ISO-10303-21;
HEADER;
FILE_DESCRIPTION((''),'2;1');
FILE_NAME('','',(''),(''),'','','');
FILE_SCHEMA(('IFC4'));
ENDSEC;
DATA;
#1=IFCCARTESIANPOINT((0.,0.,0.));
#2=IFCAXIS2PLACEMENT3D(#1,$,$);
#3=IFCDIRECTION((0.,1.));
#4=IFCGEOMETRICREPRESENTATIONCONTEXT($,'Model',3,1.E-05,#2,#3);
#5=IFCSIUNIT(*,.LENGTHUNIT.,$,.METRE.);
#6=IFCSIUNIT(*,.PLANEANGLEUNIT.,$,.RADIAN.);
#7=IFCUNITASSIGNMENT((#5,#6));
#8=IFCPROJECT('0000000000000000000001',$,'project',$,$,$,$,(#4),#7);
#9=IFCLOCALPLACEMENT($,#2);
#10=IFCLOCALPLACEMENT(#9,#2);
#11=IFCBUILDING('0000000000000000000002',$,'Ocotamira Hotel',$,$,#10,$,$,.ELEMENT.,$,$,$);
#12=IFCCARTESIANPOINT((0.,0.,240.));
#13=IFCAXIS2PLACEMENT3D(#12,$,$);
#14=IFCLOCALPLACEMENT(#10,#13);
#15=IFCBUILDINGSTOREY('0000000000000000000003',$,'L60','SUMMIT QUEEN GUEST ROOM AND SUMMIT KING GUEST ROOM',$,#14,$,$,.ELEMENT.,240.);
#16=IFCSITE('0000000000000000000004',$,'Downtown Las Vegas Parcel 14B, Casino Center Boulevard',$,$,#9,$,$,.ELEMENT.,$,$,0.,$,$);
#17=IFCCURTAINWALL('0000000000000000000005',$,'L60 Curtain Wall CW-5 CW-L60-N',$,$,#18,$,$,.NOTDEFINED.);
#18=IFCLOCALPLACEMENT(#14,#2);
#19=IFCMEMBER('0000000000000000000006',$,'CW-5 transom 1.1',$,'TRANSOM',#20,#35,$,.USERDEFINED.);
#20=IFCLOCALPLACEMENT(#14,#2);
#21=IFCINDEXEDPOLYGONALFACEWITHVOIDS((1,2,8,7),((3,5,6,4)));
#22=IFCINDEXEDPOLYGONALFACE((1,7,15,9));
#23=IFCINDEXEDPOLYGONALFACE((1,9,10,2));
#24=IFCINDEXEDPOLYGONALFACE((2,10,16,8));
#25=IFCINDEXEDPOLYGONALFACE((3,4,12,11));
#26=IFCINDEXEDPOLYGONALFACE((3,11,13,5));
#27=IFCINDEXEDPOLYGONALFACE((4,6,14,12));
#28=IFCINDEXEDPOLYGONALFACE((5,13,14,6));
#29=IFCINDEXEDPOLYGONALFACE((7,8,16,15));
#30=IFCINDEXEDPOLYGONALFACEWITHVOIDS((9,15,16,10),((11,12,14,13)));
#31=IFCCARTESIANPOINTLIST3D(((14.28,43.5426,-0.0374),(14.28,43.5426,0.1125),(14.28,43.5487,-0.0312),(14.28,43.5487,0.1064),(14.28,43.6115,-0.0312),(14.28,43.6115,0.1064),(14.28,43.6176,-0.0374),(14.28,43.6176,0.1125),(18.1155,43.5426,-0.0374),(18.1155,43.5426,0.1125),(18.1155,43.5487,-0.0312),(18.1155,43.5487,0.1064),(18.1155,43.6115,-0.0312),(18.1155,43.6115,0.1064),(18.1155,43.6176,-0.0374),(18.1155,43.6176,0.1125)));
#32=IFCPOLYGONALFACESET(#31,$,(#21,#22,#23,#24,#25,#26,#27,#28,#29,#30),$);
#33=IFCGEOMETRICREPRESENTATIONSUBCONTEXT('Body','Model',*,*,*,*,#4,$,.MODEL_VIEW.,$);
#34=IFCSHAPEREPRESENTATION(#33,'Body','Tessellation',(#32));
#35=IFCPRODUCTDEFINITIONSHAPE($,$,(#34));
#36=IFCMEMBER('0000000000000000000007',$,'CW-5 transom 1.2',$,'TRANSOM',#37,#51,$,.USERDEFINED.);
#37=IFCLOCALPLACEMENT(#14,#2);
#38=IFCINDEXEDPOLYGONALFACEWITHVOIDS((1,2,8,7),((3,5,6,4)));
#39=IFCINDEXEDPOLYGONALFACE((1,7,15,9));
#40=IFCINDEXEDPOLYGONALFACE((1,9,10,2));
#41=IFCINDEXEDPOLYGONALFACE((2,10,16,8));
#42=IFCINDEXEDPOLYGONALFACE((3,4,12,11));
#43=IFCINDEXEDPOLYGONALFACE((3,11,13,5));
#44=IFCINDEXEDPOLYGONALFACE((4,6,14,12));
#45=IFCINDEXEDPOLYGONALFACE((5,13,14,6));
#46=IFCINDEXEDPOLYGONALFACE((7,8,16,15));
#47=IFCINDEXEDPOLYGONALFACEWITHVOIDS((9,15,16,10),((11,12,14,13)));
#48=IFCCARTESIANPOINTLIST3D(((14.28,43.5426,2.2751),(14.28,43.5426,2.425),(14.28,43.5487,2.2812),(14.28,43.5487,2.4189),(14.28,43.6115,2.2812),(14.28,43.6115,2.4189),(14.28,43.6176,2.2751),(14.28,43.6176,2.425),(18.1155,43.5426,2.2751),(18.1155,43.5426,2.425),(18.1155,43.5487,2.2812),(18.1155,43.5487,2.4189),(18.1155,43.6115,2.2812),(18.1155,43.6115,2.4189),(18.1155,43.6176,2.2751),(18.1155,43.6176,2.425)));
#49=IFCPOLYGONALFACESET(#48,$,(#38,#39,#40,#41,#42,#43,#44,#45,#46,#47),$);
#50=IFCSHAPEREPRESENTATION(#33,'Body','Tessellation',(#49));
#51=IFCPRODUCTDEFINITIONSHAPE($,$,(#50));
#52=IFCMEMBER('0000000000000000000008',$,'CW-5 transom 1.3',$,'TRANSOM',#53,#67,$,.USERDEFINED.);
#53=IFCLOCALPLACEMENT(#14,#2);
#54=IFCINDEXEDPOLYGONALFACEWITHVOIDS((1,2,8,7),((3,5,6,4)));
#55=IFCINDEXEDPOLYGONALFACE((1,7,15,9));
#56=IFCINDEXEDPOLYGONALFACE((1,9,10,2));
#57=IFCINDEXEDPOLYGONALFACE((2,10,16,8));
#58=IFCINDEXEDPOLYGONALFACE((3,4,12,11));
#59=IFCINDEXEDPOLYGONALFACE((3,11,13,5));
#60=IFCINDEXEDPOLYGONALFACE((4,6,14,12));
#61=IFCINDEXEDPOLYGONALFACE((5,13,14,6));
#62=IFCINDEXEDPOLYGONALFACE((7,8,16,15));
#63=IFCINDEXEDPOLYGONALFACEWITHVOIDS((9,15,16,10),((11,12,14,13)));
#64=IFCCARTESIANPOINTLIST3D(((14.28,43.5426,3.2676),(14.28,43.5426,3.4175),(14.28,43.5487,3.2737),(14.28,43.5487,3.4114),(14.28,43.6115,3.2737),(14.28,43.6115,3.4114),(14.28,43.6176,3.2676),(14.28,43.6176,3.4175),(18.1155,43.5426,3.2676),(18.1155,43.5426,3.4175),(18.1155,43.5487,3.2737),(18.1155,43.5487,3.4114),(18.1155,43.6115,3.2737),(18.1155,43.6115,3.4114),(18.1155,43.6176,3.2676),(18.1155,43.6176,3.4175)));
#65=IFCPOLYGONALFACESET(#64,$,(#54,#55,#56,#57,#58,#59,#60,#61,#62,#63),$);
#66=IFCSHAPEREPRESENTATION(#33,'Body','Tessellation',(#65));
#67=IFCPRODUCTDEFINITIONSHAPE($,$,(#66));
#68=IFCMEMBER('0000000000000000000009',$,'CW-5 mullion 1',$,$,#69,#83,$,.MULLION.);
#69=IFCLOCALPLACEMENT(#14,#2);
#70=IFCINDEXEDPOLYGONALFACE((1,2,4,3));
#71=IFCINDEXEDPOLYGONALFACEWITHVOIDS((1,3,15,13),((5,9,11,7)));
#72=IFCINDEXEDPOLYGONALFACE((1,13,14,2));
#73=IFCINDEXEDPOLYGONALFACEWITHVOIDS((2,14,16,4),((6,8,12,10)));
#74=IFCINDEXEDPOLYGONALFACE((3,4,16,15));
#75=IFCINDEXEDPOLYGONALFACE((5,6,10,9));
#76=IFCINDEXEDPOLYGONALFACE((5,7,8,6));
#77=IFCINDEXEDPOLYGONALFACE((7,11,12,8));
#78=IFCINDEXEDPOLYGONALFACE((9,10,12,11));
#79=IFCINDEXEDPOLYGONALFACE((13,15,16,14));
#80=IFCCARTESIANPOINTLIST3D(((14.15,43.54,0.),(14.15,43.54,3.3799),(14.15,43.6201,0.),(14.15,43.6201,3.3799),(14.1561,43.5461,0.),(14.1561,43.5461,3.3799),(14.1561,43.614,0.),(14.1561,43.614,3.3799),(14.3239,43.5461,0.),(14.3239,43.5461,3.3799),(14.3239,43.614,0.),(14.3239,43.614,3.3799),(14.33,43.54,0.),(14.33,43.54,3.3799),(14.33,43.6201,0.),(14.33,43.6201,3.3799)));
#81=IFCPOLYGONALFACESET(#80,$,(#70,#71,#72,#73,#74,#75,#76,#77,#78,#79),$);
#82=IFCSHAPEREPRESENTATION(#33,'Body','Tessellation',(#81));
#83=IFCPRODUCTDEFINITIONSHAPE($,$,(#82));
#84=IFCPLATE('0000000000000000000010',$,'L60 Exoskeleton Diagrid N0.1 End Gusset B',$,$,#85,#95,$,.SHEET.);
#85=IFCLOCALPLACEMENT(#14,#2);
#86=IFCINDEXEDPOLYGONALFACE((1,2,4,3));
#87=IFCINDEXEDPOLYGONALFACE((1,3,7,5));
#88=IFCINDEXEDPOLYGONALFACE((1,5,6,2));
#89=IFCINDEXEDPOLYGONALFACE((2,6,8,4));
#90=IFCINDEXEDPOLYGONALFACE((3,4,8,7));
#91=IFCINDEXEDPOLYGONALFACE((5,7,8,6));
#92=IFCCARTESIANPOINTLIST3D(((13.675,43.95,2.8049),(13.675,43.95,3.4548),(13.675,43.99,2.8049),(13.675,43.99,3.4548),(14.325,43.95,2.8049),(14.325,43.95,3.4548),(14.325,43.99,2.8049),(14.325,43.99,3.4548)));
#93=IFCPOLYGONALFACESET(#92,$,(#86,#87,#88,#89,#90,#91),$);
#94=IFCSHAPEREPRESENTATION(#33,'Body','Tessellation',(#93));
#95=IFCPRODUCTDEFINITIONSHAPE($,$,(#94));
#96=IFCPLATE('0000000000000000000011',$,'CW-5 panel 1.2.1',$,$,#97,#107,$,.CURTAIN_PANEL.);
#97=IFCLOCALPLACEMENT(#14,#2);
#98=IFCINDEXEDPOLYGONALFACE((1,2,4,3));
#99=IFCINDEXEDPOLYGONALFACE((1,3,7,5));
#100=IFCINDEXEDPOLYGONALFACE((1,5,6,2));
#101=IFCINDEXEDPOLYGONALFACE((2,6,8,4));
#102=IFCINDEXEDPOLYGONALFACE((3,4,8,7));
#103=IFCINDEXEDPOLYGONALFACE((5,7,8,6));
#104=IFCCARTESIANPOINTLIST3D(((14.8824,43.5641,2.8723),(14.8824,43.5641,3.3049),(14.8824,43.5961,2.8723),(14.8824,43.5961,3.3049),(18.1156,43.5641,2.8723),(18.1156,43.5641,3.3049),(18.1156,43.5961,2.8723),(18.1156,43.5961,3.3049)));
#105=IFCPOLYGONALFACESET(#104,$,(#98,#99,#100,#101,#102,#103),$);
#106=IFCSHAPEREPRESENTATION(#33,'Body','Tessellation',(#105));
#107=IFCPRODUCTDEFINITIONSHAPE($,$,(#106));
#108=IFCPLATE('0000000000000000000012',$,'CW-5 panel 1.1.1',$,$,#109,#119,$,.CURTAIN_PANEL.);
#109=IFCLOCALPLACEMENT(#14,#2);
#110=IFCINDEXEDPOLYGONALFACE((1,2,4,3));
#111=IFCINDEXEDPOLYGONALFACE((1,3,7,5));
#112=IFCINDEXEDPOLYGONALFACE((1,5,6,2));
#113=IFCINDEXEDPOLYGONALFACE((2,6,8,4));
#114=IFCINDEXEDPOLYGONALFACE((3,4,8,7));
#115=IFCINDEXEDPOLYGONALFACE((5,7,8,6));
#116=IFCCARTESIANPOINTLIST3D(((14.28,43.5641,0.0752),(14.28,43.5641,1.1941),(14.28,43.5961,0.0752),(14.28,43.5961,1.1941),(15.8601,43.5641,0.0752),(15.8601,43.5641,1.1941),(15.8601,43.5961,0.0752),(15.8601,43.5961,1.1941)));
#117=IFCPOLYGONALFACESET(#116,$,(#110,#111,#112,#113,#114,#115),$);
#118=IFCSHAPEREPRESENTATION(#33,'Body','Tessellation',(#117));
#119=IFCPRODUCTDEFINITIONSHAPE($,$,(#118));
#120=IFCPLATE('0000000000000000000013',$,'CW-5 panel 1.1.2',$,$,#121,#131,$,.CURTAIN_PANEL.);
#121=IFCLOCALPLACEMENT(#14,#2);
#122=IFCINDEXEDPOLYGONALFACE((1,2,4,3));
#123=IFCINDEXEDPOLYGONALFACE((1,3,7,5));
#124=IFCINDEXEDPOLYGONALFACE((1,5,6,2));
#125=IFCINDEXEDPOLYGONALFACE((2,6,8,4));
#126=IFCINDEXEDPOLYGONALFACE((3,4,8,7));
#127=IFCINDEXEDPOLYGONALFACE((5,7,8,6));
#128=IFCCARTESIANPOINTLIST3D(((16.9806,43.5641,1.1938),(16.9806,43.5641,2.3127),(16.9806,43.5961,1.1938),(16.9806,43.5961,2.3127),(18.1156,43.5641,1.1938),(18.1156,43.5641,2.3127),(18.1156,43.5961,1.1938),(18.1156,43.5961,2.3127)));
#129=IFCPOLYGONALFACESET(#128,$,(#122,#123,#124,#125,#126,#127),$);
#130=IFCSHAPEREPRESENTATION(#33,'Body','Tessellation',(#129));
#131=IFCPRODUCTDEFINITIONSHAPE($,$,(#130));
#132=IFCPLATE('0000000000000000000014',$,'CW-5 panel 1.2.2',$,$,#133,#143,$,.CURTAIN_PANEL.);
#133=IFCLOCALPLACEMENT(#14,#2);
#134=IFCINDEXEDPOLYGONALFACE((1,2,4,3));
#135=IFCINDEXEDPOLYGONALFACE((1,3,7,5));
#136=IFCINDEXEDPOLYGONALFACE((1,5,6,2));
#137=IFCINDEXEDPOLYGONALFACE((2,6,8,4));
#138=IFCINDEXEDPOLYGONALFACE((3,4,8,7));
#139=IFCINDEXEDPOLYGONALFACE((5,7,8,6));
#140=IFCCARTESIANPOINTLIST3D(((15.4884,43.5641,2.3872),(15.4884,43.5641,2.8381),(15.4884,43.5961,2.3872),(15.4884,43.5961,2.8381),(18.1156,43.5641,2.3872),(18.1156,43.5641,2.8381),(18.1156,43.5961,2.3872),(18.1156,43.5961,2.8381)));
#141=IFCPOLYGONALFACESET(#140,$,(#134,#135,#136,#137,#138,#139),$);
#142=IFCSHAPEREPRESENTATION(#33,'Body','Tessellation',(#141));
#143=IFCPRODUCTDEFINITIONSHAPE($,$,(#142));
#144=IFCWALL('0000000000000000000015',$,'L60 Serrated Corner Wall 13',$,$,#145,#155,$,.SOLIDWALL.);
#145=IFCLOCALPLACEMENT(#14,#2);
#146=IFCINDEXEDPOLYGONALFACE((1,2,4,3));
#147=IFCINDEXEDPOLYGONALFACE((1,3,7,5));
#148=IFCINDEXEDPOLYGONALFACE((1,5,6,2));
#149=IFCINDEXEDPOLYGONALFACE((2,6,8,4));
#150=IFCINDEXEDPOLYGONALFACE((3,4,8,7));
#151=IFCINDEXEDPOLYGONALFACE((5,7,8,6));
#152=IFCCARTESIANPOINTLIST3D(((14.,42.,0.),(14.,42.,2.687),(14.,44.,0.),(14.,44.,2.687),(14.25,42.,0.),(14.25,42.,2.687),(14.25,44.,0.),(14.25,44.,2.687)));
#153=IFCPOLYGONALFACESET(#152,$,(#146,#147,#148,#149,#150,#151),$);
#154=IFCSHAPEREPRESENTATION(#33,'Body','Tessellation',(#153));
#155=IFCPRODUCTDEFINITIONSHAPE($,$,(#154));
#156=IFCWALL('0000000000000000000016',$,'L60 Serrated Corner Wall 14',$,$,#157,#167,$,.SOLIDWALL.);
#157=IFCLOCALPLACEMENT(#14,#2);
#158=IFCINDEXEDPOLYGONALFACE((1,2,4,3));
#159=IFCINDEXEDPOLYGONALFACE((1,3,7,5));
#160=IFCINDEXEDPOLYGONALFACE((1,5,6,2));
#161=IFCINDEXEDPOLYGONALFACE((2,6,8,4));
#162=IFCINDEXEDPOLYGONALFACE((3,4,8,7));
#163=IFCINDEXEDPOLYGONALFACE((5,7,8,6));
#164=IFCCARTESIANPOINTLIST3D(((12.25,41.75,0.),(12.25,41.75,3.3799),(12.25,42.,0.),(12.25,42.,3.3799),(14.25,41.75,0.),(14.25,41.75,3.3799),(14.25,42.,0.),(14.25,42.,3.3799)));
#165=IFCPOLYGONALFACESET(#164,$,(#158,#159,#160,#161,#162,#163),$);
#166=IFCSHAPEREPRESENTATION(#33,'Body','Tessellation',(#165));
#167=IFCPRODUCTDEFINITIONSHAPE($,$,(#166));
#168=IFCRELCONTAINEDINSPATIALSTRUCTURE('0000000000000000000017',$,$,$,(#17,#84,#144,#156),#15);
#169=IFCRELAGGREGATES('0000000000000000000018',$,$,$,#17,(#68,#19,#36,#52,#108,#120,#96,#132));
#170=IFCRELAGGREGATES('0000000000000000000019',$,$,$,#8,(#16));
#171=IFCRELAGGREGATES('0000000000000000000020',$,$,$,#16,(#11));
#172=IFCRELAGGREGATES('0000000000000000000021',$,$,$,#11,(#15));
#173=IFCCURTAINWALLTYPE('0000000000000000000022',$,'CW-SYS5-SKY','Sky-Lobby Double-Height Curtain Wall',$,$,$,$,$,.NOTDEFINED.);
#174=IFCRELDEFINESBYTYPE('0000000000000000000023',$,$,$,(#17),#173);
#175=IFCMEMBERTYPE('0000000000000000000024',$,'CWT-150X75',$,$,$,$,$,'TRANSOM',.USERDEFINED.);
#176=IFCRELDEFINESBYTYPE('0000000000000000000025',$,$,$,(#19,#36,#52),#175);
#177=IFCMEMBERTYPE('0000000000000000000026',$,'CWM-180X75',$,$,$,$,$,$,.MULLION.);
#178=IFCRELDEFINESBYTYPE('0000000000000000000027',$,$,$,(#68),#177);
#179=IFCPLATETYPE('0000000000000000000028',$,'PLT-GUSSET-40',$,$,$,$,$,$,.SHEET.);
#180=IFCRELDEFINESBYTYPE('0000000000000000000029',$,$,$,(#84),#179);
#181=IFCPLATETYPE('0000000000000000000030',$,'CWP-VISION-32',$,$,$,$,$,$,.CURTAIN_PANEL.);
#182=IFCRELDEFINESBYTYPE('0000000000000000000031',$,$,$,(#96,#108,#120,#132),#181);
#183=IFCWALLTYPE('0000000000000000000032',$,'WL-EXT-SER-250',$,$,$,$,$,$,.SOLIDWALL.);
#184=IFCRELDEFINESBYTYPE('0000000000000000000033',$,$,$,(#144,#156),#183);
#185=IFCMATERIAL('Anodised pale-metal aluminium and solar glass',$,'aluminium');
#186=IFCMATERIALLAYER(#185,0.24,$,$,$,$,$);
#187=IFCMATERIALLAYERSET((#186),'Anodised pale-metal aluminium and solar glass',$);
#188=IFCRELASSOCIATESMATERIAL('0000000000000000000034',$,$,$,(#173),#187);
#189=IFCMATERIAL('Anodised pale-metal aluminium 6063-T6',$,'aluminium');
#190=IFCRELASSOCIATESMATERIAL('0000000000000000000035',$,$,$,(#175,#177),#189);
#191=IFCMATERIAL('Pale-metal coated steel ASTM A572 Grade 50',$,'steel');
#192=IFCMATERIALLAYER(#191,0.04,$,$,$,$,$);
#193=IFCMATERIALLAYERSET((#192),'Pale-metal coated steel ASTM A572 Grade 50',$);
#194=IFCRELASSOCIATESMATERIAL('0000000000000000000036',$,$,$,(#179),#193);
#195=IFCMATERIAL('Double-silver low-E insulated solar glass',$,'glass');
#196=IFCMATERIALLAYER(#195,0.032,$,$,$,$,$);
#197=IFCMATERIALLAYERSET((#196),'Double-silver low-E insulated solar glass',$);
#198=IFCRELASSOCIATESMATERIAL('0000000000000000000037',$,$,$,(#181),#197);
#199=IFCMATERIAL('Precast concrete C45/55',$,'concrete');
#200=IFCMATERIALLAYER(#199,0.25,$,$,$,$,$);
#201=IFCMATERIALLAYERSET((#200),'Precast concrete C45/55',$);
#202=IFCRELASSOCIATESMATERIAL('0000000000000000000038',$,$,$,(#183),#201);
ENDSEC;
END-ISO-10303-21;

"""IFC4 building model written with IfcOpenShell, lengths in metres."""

from ifc_helpers import new_model, si_unit, direction, frame, frame_2d, origin, origin_2d, place, context, subcontext, project, spatial, rectangle, hollow_rectangle, extrude, source, transform, mapped, material, layer, layer_set, material_profile, profile_set, type_object, element, aggregate, save


model = new_model("IFC4")

# Units and contexts
model_context = context("Model", 3, precision=1e-05, world=origin(), true_north=direction((0.0, 1.0)))
body_context = subcontext(model_context, "Body", "Model", "MODEL_VIEW")
ifc_project = project(units=[si_unit("LENGTHUNIT", "METRE"), si_unit("PLANEANGLEUNIT", "RADIAN")], contexts=[model_context])

# Site, building, storey
site_placement = place(None, origin())
site = spatial("IfcSite", under=ifc_project, at=site_placement, Name="Downtown Las Vegas Parcel 14B, Casino Center Boulevard", CompositionType="ELEMENT", RefElevation=0.0)
building_placement = place(site_placement, origin())
building = spatial("IfcBuilding", under=site, at=building_placement, Name="Ocotamira Hotel", CompositionType="ELEMENT")
storey_placement = place(building_placement, frame((0.0, 0.0, 240.0)))
storey = spatial("IfcBuildingStorey", under=building, at=storey_placement, Name="L60", Description="SUMMIT QUEEN GUEST ROOM AND SUMMIT KING GUEST ROOM", CompositionType="ELEMENT", Elevation=240.0)

# Curtain wall, members
ifc_material_1 = material(Name="Anodised pale-metal aluminium and solar glass", Category="aluminium")
ifc_layer_1 = layer(ifc_material_1, 0.24)
ifc_layer_set_1 = layer_set([ifc_layer_1], Name="Anodised pale-metal aluminium and solar glass")
curtain_wall_type = type_object("IfcCurtainWallType", Name="CW-SYS5-SKY", Description="Sky-Lobby Double-Height Curtain Wall", PredefinedType="NOTDEFINED", material=ifc_layer_set_1)
curtain_wall_placement = place(storey_placement, origin())
curtain_wall = element("IfcCurtainWall", 1, at=curtain_wall_placement, inside=storey, type_object=curtain_wall_type, Name="L60 Curtain Wall CW-5 CW-L60-N", PredefinedType="NOTDEFINED")
ifc_material_2 = material(Name="Anodised pale-metal aluminium 6063-T6", Category="aluminium")
ifc_material_profile_1 = material_profile(ifc_material_2, hollow_rectangle(XDim=0.075, YDim=0.1499, WallThickness=0.0061, at=origin_2d()), Name="HSS150X75X6")
ifc_profile_set_1 = profile_set([ifc_material_profile_1], Name="Anodised pale-metal aluminium 6063-T6")
member_type_1 = type_object("IfcMemberType", Name="CWT-150X75", ElementType="TRANSOM", PredefinedType="USERDEFINED", material=ifc_profile_set_1)
shared_shape_1 = source(origin(), body_context, "Body", "SweptSolid", [
    extrude(hollow_rectangle(XDim=0.075, YDim=0.1499, WallThickness=0.0061, at=origin_2d()), origin(), (0.0, 0.0, 1.0), 3.8354),
])
member_1_placement = place(storey_placement, frame((14.28, 43.5801, 0.0376), z_axis=(1.0, 0.0, 0.0), x_axis=(0.0, 1.0, 0.0)))
member_1 = element("IfcMember", 2, at=member_1_placement, type_object=member_type_1, Name="CW-5 transom 1.1", ObjectType="TRANSOM", PredefinedType="USERDEFINED", context=body_context, shape_type="MappedRepresentation", body=[
    mapped(shared_shape_1, transform((0.0, 0.0, 0.0), scale=1.0)),
])
member_2_placement = place(storey_placement, frame((14.28, 43.5801, 2.3501), z_axis=(1.0, 0.0, 0.0), x_axis=(0.0, 1.0, 0.0)))
member_2 = element("IfcMember", 3, at=member_2_placement, type_object=member_type_1, Name="CW-5 transom 1.2", ObjectType="TRANSOM", PredefinedType="USERDEFINED", context=body_context, shape_type="MappedRepresentation", body=[
    mapped(shared_shape_1, transform((0.0, 0.0, 0.0), scale=1.0)),
])
member_3_placement = place(storey_placement, frame((14.28, 43.5801, 3.3425), z_axis=(1.0, 0.0, 0.0), x_axis=(0.0, 1.0, 0.0)))
member_3 = element("IfcMember", 4, at=member_3_placement, type_object=member_type_1, Name="CW-5 transom 1.3", ObjectType="TRANSOM", PredefinedType="USERDEFINED", context=body_context, shape_type="MappedRepresentation", body=[
    mapped(shared_shape_1, transform((0.0, 0.0, 0.0), scale=1.0)),
])
ifc_material_profile_2 = material_profile(ifc_material_2, hollow_rectangle(XDim=0.0801, YDim=0.1799, WallThickness=0.0061, at=origin_2d()), Name="HSS180X80X6")
ifc_profile_set_2 = profile_set([ifc_material_profile_2], Name="Anodised pale-metal aluminium 6063-T6")
member_type_2 = type_object("IfcMemberType", Name="CWM-180X75", PredefinedType="MULLION", material=ifc_profile_set_2)
shared_shape_2 = source(origin(), body_context, "Body", "SweptSolid", [
    extrude(hollow_rectangle(XDim=0.0801, YDim=0.1799, WallThickness=0.0061, at=origin_2d()), origin(), (0.0, 0.0, 1.0), 3.3799),
])
member_4_placement = place(storey_placement, frame((14.24, 43.5801, 0.0), z_axis=(0.0, 0.0, 1.0), x_axis=(0.0, 1.0, 0.0)))
member_4 = element("IfcMember", 5, at=member_4_placement, type_object=member_type_2, Name="CW-5 mullion 1", PredefinedType="MULLION", context=body_context, shape_type="MappedRepresentation", body=[
    mapped(shared_shape_2, transform((0.0, 0.0, 0.0), scale=1.0)),
])

# Plates
ifc_material_3 = material(Name="Pale-metal coated steel ASTM A572 Grade 50", Category="steel")
ifc_layer_2 = layer(ifc_material_3, 0.04)
ifc_layer_set_2 = layer_set([ifc_layer_2], Name="Pale-metal coated steel ASTM A572 Grade 50")
plate_type_1 = type_object("IfcPlateType", Name="PLT-GUSSET-40", PredefinedType="SHEET", material=ifc_layer_set_2)
shared_shape_3 = source(origin(), body_context, "Body", "SweptSolid", [
    extrude(rectangle(XDim=0.6499, YDim=0.04, at=origin_2d()), origin(), (0.0, 0.0, 1.0), 0.6499),
])
plate_1_placement = place(storey_placement, frame((14.0, 43.97, 2.8049), z_axis=(0.0, 0.0, 1.0), x_axis=(-1.0, 0.0, 0.0)))
element("IfcPlate", 6, at=plate_1_placement, inside=storey, type_object=plate_type_1, Name="L60 Exoskeleton Diagrid N0.1 End Gusset B", PredefinedType="SHEET", context=body_context, shape_type="MappedRepresentation", body=[
    mapped(shared_shape_3, transform((0.0, 0.0, 0.0), scale=1.0)),
])
ifc_material_4 = material(Name="Double-silver low-E insulated solar glass", Category="glass")
ifc_layer_3 = layer(ifc_material_4, 0.032)
ifc_layer_set_3 = layer_set([ifc_layer_3], Name="Double-silver low-E insulated solar glass")
plate_type_2 = type_object("IfcPlateType", Name="CWP-VISION-32", PredefinedType="CURTAIN_PANEL", material=ifc_layer_set_3)
shared_shape_4 = source(origin(), body_context, "Body", "SweptSolid", [
    extrude(rectangle(XDim=3.2332, YDim=0.032, at=origin_2d()), origin(), (0.0, 0.0, 1.0), 0.4326),
])
plate_2_placement = place(storey_placement, frame((16.499, 43.5801, 2.8723), z_axis=(0.0, 0.0, 1.0), x_axis=(1.0, 0.0, 0.0)))
plate_2 = element("IfcPlate", 7, at=plate_2_placement, type_object=plate_type_2, Name="CW-5 panel 1.2.1", PredefinedType="CURTAIN_PANEL", context=body_context, shape_type="MappedRepresentation", body=[
    mapped(shared_shape_4, transform((0.0, 0.0, 0.0), scale=1.0)),
])
shared_shape_5 = source(origin(), body_context, "Body", "SweptSolid", [
    extrude(rectangle(XDim=1.5801, YDim=0.032, at=origin_2d()), origin(), (0.0, 0.0, 1.0), 1.1189),
])
plate_3_placement = place(storey_placement, frame((15.0701, 43.5801, 0.0752), z_axis=(0.0, 0.0, 1.0), x_axis=(1.0, 0.0, 0.0)))
plate_3 = element("IfcPlate", 8, at=plate_3_placement, type_object=plate_type_2, Name="CW-5 panel 1.1.1", PredefinedType="CURTAIN_PANEL", context=body_context, shape_type="MappedRepresentation", body=[
    mapped(shared_shape_5, transform((0.0, 0.0, 0.0), scale=1.0)),
])
shared_shape_6 = source(origin(), body_context, "Body", "SweptSolid", [
    extrude(rectangle(XDim=1.135, YDim=0.032, at=origin_2d()), origin(), (0.0, 0.0, 1.0), 1.1189),
])
plate_4_placement = place(storey_placement, frame((17.5481, 43.5801, 1.1938), z_axis=(0.0, 0.0, 1.0), x_axis=(1.0, 0.0, 0.0)))
plate_4 = element("IfcPlate", 9, at=plate_4_placement, type_object=plate_type_2, Name="CW-5 panel 1.1.2", PredefinedType="CURTAIN_PANEL", context=body_context, shape_type="MappedRepresentation", body=[
    mapped(shared_shape_6, transform((0.0, 0.0, 0.0), scale=1.0)),
])
shared_shape_7 = source(origin(), body_context, "Body", "SweptSolid", [
    extrude(rectangle(XDim=2.6272, YDim=0.032, at=origin_2d()), origin(), (0.0, 0.0, 1.0), 0.4509),
])
plate_5_placement = place(storey_placement, frame((16.802, 43.5801, 2.3872), z_axis=(0.0, 0.0, 1.0), x_axis=(1.0, 0.0, 0.0)))
plate_5 = element("IfcPlate", 10, at=plate_5_placement, type_object=plate_type_2, Name="CW-5 panel 1.2.2", PredefinedType="CURTAIN_PANEL", context=body_context, shape_type="MappedRepresentation", body=[
    mapped(shared_shape_7, transform((0.0, 0.0, 0.0), scale=1.0)),
])
aggregate(curtain_wall, [member_4, member_1, member_2, member_3, plate_3, plate_4, plate_2, plate_5])

# Walls
ifc_material_5 = material(Name="Precast concrete C45/55", Category="concrete")
ifc_layer_4 = layer(ifc_material_5, 0.25)
ifc_layer_set_4 = layer_set([ifc_layer_4], Name="Precast concrete C45/55")
wall_type_1 = type_object("IfcWallType", Name="WL-EXT-SER-250", PredefinedType="SOLIDWALL", material=ifc_layer_set_4)
wall_1_placement = place(storey_placement, frame((14.125, 44.0, 0.0), z_axis=(0.0, 0.0, 1.0), x_axis=(0.0, -1.0, 0.0)))
element("IfcWall", 11, at=wall_1_placement, inside=storey, type_object=wall_type_1, Name="L60 Serrated Corner Wall 13", PredefinedType="SOLIDWALL", context=body_context, shape_type="SweptSolid", body=[
    extrude(rectangle(XDim=2.0, YDim=0.25, at=frame_2d((1.0, 0.0))), origin(), (0.0, 0.0, 1.0), 2.687),
])
wall_2_placement = place(storey_placement, frame((14.25, 41.875, 0.0), z_axis=(0.0, 0.0, 1.0), x_axis=(-1.0, 0.0, 0.0)))
element("IfcWall", 12, at=wall_2_placement, inside=storey, type_object=wall_type_1, Name="L60 Serrated Corner Wall 14", PredefinedType="SOLIDWALL", context=body_context, shape_type="SweptSolid", body=[
    extrude(rectangle(XDim=2.0, YDim=0.25, at=frame_2d((1.0, 0.0))), origin(), (0.0, 0.0, 1.0), 3.3799),
])

save(model, "model.ifc")
